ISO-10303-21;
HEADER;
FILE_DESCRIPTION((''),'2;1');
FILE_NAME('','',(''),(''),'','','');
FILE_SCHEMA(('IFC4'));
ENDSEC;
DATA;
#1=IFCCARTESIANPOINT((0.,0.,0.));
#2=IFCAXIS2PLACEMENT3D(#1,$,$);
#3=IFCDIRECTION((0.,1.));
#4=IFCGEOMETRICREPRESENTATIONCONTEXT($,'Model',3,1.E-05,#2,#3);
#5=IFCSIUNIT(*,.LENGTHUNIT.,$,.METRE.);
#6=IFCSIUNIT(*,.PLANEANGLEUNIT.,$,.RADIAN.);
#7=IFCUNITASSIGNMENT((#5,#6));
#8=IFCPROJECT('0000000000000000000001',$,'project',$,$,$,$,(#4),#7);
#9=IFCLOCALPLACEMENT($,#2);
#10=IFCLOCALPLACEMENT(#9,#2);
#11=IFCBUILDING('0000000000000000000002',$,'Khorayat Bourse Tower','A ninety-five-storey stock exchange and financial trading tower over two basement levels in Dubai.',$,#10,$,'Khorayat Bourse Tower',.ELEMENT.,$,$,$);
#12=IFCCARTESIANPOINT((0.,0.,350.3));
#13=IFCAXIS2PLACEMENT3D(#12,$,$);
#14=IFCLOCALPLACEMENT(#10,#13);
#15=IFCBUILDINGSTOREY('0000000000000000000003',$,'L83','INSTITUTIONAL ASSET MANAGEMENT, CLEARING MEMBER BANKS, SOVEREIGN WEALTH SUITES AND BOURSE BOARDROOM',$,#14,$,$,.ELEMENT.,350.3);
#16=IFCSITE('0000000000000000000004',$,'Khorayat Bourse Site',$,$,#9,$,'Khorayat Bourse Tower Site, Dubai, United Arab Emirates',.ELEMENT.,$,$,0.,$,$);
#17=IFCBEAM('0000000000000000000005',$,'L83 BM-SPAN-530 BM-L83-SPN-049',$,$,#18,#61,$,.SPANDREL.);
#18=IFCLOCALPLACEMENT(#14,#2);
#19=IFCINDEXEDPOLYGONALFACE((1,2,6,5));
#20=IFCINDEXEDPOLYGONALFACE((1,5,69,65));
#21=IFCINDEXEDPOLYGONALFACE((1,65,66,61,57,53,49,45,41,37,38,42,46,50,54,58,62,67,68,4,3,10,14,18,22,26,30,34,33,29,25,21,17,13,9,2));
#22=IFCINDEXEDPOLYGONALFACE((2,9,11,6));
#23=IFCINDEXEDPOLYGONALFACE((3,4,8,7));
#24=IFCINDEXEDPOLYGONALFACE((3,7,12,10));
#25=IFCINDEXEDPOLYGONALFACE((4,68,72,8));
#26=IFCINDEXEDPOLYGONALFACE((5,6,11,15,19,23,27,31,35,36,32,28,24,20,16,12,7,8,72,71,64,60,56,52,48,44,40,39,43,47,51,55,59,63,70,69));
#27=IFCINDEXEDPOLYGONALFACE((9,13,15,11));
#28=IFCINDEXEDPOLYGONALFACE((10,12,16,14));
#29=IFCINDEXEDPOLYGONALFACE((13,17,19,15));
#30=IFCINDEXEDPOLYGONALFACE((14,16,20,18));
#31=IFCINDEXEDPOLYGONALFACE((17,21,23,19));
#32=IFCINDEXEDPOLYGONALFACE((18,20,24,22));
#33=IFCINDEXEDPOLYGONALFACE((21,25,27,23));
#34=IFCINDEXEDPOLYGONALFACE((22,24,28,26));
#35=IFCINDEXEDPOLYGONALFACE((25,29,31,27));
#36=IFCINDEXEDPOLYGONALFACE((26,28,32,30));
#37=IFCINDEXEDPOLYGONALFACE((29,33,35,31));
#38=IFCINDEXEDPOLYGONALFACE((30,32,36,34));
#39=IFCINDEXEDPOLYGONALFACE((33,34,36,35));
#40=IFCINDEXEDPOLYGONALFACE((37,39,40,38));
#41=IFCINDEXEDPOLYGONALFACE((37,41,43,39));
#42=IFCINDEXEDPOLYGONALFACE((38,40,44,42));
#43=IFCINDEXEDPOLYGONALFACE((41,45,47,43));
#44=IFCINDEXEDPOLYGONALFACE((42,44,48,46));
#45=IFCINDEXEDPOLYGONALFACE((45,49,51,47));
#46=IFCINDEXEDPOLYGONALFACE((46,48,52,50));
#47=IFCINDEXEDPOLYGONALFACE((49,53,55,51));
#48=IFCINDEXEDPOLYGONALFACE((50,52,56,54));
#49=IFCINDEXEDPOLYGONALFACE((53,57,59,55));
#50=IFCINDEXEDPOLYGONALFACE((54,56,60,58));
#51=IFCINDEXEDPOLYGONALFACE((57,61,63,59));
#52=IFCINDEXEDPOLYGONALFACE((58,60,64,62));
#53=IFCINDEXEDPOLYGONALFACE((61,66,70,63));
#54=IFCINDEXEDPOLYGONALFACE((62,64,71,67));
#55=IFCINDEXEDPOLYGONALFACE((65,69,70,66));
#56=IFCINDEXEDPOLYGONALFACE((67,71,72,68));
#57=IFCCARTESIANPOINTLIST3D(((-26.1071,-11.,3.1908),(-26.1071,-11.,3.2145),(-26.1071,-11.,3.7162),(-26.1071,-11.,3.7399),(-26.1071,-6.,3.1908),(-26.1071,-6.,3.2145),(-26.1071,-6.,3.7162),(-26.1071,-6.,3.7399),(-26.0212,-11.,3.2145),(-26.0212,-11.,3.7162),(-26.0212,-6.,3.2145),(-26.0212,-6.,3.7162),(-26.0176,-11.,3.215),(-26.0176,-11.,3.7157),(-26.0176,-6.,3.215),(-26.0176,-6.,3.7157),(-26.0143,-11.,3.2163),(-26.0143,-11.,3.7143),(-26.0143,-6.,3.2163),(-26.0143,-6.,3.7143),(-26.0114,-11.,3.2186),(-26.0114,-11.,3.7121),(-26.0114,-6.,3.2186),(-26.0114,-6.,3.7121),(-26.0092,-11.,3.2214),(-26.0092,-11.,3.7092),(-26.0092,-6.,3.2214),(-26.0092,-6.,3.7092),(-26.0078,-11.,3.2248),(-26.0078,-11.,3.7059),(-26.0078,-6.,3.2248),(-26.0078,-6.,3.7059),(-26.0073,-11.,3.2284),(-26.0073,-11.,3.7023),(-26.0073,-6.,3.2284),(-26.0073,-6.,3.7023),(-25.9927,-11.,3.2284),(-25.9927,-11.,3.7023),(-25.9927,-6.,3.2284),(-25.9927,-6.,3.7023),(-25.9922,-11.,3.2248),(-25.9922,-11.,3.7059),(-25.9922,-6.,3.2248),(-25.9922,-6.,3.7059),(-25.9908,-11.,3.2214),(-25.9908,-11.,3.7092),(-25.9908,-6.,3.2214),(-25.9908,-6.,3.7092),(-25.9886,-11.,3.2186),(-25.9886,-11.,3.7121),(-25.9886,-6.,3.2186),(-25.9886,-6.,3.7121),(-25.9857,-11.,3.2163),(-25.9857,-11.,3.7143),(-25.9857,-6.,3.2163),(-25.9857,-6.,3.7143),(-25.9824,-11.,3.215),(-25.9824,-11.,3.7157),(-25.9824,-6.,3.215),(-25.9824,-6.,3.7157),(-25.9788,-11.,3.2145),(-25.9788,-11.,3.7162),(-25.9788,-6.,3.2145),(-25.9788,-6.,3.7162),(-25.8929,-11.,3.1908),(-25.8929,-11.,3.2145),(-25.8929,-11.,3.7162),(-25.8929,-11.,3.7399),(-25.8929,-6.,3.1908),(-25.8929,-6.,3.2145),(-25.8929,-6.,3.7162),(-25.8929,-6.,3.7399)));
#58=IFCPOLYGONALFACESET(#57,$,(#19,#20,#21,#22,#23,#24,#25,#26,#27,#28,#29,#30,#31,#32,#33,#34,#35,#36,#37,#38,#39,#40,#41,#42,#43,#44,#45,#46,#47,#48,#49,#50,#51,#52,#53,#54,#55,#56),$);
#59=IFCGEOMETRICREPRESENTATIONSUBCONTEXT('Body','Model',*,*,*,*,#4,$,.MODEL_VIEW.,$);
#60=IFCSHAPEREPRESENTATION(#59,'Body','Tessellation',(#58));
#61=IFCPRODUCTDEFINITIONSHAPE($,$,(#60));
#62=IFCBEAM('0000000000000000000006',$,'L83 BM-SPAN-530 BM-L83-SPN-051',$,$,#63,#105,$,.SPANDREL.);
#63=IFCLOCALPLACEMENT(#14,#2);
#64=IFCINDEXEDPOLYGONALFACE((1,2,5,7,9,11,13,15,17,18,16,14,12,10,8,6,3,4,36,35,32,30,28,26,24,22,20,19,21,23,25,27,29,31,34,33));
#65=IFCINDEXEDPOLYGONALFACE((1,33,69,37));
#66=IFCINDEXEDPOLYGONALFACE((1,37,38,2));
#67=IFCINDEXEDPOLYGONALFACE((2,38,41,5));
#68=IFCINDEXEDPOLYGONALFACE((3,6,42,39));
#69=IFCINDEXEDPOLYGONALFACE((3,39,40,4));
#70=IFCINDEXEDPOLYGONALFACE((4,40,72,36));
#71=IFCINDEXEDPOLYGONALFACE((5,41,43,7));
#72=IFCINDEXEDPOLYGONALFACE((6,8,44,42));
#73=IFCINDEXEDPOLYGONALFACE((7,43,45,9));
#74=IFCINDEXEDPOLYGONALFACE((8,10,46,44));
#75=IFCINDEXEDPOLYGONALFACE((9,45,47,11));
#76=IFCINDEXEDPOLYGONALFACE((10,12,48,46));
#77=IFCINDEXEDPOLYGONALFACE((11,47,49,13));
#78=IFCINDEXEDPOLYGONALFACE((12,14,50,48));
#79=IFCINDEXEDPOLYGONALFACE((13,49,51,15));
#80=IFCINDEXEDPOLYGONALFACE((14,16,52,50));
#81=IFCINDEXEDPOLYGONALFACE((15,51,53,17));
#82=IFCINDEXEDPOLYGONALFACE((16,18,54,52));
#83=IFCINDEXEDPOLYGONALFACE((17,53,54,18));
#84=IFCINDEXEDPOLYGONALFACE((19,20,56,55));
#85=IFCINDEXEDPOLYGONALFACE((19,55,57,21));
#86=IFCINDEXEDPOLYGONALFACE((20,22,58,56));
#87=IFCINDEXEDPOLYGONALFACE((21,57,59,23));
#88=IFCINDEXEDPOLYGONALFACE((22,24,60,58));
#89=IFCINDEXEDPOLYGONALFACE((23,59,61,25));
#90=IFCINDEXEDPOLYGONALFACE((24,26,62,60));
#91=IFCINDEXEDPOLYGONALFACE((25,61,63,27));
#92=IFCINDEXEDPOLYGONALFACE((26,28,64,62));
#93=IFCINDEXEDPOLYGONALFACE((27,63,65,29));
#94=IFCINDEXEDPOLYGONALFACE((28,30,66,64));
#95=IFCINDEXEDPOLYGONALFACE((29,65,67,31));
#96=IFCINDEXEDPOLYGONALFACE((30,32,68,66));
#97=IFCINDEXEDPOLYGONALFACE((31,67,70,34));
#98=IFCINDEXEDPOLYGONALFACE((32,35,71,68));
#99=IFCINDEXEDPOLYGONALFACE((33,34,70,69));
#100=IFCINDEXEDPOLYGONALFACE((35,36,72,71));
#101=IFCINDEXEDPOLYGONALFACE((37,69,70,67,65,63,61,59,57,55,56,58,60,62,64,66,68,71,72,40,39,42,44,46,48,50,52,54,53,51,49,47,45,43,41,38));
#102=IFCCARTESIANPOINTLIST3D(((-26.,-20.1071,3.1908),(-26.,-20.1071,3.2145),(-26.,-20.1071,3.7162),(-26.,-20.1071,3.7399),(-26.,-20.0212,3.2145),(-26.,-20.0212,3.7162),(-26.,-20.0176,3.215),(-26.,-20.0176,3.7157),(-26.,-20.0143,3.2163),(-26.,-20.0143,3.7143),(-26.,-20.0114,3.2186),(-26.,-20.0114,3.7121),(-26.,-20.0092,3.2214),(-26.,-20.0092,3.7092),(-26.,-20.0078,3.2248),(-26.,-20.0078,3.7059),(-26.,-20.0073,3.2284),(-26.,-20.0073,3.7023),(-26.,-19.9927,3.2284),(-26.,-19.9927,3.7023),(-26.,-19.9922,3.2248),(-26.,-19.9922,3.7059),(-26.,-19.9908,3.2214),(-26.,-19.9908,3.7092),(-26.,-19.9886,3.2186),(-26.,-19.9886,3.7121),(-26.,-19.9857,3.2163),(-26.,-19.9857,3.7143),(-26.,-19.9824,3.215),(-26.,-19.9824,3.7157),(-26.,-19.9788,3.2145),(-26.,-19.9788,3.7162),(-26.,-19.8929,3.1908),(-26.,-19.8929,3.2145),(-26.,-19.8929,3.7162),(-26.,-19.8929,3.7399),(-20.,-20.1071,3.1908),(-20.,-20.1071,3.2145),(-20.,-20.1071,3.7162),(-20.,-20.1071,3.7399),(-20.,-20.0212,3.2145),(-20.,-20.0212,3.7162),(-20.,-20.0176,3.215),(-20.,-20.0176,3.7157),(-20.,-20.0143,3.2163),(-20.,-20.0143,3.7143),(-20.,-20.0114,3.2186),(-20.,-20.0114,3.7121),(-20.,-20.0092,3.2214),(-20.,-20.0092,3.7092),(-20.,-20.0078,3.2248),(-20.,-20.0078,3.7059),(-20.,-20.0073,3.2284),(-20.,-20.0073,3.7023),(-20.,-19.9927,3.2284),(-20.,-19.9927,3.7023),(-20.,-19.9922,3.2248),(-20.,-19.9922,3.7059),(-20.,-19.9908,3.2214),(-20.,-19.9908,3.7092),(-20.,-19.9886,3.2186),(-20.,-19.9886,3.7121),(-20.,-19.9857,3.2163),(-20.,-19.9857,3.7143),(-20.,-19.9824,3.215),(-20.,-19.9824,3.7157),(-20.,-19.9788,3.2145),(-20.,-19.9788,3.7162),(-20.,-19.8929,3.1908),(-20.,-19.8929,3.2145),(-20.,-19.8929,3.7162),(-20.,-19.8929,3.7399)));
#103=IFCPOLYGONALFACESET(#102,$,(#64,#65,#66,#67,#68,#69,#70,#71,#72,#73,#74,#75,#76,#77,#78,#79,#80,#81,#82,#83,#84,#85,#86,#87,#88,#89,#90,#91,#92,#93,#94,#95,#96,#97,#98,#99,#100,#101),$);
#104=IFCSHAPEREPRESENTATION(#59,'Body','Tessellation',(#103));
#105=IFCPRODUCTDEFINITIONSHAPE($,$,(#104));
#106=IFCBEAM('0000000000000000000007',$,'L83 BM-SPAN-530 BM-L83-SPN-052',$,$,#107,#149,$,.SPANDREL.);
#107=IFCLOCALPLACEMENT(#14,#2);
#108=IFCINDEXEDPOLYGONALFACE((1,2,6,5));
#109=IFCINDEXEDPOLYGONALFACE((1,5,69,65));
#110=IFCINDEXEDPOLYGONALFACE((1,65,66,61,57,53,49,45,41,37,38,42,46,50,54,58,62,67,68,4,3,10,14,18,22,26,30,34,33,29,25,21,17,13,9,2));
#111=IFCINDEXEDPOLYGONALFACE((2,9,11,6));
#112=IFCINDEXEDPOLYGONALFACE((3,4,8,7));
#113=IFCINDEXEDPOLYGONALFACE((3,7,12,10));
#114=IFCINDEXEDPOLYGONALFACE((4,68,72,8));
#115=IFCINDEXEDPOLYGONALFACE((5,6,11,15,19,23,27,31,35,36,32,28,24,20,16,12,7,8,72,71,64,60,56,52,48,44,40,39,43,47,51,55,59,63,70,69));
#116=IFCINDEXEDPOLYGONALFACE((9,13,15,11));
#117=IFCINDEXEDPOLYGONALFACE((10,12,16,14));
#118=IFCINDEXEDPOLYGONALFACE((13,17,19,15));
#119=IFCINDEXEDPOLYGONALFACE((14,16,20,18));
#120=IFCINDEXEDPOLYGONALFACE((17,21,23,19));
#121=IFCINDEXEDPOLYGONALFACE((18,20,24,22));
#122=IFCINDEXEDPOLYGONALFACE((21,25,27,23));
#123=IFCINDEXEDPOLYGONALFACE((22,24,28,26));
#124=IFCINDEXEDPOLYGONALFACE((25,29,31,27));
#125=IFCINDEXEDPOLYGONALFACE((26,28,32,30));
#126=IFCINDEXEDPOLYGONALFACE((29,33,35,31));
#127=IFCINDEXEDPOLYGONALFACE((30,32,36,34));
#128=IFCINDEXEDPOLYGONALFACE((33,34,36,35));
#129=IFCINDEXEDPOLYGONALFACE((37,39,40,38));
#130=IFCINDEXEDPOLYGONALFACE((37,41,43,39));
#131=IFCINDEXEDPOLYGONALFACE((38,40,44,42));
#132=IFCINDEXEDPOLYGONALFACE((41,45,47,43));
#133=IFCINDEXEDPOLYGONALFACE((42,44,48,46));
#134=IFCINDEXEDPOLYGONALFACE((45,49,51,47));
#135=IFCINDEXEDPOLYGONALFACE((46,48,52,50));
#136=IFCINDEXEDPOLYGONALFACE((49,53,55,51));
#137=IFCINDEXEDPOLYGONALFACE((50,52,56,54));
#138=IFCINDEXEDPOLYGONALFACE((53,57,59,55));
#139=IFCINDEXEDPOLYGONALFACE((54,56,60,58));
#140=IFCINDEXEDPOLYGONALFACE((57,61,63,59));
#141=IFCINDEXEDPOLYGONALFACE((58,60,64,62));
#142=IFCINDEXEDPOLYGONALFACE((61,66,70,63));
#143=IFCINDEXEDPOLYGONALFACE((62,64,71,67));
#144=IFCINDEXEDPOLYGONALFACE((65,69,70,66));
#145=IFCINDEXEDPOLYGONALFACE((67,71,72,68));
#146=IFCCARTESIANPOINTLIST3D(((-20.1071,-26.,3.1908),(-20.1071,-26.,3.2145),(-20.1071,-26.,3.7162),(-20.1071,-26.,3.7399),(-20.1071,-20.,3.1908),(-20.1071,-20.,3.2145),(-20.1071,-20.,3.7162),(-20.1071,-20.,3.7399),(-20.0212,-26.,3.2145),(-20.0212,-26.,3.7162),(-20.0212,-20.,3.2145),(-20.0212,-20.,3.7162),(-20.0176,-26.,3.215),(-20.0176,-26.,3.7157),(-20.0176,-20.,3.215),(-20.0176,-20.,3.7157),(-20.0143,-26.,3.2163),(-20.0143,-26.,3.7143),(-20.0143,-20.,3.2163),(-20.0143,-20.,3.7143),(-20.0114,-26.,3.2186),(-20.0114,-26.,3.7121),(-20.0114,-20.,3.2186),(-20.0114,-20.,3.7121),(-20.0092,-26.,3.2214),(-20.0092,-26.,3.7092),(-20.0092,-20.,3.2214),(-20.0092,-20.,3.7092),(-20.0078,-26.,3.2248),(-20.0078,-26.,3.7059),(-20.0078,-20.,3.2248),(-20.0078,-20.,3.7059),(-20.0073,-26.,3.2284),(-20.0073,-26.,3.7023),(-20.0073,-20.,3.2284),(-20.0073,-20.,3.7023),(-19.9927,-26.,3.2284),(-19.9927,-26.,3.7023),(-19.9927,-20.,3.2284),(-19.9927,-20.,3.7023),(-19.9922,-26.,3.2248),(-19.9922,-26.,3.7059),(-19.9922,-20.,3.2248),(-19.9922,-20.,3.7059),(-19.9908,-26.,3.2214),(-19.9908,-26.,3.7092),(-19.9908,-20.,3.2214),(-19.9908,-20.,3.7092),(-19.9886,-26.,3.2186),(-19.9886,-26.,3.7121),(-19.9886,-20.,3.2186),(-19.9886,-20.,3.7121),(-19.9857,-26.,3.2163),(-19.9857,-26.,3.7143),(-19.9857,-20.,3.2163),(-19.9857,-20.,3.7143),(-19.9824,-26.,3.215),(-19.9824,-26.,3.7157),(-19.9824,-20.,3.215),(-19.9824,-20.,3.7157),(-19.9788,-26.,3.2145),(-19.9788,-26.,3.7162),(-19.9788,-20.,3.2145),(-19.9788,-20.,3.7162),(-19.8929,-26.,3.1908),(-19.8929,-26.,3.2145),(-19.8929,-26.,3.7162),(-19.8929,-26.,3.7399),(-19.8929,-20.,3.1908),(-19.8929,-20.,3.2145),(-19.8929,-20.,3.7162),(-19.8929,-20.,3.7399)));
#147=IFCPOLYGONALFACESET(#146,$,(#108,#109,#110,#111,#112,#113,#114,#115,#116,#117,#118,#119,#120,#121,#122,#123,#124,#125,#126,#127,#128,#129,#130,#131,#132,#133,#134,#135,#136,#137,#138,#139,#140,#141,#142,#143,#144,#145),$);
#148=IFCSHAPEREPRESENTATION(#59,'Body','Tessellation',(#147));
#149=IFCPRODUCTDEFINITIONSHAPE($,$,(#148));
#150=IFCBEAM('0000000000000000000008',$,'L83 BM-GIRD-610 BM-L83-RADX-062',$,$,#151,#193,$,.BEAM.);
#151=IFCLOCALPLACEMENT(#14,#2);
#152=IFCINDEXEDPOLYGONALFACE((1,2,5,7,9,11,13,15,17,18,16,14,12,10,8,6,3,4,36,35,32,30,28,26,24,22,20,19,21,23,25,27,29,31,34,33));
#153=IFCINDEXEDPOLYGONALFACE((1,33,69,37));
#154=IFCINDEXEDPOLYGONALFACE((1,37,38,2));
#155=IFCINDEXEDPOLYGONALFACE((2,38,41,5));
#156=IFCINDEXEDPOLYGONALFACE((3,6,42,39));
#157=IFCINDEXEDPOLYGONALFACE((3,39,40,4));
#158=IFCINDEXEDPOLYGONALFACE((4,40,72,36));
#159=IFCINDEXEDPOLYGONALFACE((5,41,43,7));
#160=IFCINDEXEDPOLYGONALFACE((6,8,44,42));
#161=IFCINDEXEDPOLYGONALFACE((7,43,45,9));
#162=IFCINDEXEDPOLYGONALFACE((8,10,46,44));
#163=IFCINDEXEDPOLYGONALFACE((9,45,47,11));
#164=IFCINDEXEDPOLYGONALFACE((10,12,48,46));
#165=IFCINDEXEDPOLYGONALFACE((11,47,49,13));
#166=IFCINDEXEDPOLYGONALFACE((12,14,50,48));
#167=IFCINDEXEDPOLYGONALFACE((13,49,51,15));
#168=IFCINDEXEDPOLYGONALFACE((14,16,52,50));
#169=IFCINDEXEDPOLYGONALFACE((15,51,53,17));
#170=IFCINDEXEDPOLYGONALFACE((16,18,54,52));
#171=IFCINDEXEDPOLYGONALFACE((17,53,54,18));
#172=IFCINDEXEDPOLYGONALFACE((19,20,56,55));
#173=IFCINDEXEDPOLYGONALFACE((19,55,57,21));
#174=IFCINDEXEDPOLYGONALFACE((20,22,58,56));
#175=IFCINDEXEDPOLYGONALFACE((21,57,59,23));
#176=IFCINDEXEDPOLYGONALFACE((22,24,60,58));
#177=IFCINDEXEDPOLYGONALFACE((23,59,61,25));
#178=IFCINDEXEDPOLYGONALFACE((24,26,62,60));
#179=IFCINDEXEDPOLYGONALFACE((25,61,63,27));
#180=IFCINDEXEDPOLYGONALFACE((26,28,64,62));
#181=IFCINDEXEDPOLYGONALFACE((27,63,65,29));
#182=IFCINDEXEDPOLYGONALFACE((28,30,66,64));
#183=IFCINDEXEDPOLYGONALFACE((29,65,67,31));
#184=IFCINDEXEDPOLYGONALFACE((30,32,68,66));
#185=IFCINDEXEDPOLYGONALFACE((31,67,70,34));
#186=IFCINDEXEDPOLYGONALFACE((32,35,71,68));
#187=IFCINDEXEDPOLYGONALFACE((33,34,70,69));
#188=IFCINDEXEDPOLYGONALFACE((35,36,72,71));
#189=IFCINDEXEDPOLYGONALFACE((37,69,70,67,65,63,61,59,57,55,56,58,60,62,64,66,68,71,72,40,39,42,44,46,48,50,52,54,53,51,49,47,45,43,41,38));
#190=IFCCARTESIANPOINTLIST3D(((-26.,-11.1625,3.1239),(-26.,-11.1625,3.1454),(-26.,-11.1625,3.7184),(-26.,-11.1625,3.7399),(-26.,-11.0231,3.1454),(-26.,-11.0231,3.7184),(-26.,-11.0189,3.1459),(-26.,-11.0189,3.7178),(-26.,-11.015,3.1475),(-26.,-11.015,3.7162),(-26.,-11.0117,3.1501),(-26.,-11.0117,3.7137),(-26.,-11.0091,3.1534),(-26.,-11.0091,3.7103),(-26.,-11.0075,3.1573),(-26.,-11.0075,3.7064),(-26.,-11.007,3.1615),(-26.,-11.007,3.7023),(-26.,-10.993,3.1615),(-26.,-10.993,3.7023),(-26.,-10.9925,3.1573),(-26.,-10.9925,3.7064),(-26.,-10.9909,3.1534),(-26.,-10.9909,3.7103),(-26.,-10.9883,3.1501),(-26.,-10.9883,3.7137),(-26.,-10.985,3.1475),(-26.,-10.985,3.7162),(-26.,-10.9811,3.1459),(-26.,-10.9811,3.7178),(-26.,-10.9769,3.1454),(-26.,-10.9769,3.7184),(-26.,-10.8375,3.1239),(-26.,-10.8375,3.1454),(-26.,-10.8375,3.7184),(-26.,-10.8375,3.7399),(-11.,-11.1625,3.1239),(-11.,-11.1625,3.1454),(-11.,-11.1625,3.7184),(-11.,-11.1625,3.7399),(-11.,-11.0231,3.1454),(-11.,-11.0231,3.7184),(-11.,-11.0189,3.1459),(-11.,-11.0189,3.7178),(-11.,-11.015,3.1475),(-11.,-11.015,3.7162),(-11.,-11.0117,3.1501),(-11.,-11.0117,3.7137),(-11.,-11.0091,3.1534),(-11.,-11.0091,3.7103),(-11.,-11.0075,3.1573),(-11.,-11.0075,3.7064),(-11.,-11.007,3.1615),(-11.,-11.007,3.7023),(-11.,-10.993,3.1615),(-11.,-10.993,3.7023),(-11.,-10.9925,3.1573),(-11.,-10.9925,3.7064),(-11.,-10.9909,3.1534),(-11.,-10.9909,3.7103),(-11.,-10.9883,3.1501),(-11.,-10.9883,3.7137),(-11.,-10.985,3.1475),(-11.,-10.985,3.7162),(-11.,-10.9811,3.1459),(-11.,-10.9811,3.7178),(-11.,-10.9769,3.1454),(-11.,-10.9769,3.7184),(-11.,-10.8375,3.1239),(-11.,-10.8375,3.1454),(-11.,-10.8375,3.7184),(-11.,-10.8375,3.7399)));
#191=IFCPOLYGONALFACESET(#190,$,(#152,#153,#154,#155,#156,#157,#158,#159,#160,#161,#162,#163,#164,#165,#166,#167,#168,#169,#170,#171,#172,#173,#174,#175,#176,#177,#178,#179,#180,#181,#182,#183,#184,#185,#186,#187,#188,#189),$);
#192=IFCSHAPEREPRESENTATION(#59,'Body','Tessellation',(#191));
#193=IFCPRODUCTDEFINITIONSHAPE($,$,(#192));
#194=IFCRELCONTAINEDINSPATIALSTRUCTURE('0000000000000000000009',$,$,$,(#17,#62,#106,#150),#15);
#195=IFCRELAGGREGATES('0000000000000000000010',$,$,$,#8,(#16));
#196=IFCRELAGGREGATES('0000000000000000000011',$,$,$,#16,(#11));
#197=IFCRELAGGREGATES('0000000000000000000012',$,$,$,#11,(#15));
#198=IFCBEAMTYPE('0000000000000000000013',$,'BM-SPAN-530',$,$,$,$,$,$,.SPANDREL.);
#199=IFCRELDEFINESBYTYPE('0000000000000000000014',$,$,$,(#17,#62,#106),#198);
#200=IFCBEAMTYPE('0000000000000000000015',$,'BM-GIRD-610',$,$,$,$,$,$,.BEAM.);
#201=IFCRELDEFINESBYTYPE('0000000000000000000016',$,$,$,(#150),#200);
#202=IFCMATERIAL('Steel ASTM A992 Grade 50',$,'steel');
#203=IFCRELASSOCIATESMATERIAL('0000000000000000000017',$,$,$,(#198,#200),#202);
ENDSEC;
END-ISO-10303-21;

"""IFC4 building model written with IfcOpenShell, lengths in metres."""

from ifc_helpers import new_model, si_unit, direction, frame, origin, origin_2d, place, context, subcontext, project, spatial, i_section, extrude, source, transform, mapped, material, material_profile, profile_set, type_object, element, save


model = new_model("IFC4")

# Units and contexts
model_context = context("Model", 3, precision=1e-05, world=origin(), true_north=direction((0.0, 1.0)))
body_context = subcontext(model_context, "Body", "Model", "MODEL_VIEW")
ifc_project = project(units=[si_unit("LENGTHUNIT", "METRE"), si_unit("PLANEANGLEUNIT", "RADIAN")], contexts=[model_context])

# Site, building, storey
site_placement = place(None, origin())
site = spatial("IfcSite", under=ifc_project, at=site_placement, Name="Khorayat Bourse Site", LongName="Khorayat Bourse Tower Site, Dubai, United Arab Emirates", CompositionType="ELEMENT", RefElevation=0.0)
building_placement = place(site_placement, origin())
building = spatial("IfcBuilding", under=site, at=building_placement, Name="Khorayat Bourse Tower", Description="A ninety-five-storey stock exchange and financial trading tower over two basement levels in Dubai.", LongName="Khorayat Bourse Tower", CompositionType="ELEMENT")
storey_placement = place(building_placement, frame((0.0, 0.0, 350.3)))
storey = spatial("IfcBuildingStorey", under=building, at=storey_placement, Name="L83", Description="INSTITUTIONAL ASSET MANAGEMENT, CLEARING MEMBER BANKS, SOVEREIGN WEALTH SUITES AND BOURSE BOARDROOM", CompositionType="ELEMENT", Elevation=350.3)

# Beams
ifc_material_1 = material(Name="Steel ASTM A992 Grade 50", Category="steel")
ifc_material_profile_1 = material_profile(ifc_material_1, i_section(OverallWidth=0.2141, OverallDepth=0.5491, WebThickness=0.0146, FlangeThickness=0.0237, FilletRadius=0.0139, at=origin_2d()), Name="W530X138")
ifc_profile_set_1 = profile_set([ifc_material_profile_1], Name="Steel ASTM A992 Grade 50")
beam_type_1 = type_object("IfcBeamType", Name="BM-SPAN-530", PredefinedType="SPANDREL", material=ifc_profile_set_1)
shared_shape_1 = source(origin(), body_context, "Body", "SweptSolid", [
    extrude(i_section(OverallWidth=0.2141, OverallDepth=0.5491, WebThickness=0.0146, FlangeThickness=0.0237, FilletRadius=0.0139, at=origin_2d()), origin(), (0.0, 0.0, 1.0), 5.0),
])
beam_1_placement = place(storey_placement, frame((-26.0, -11.0, 3.4653), z_axis=(0.0, 1.0, 0.0), x_axis=(-1.0, 0.0, 0.0)))
element("IfcBeam", 1, at=beam_1_placement, inside=storey, type_object=beam_type_1, Name="L83 BM-SPAN-530 BM-L83-SPN-049", PredefinedType="SPANDREL", context=body_context, shape_type="MappedRepresentation", body=[
    mapped(shared_shape_1, transform((0.0, 0.0, 0.0), scale=1.0)),
])
shared_shape_2 = source(origin(), body_context, "Body", "SweptSolid", [
    extrude(i_section(OverallWidth=0.2141, OverallDepth=0.5491, WebThickness=0.0146, FlangeThickness=0.0237, FilletRadius=0.0139, at=origin_2d()), origin(), (0.0, 0.0, 1.0), 6.0),
])
for number, where, z_axis, x_axis, name in (
    (2, (-26.0, -20.0, 3.4653), (1.0, 0.0, 0.0), (0.0, 1.0, 0.0), "L83 BM-SPAN-530 BM-L83-SPN-051"),
    (3, (-20.0, -26.0, 3.4653), (0.0, 1.0, 0.0), (-1.0, 0.0, 0.0), "L83 BM-SPAN-530 BM-L83-SPN-052"),
):
    element("IfcBeam", number, at=place(storey_placement, frame(where, z_axis=z_axis, x_axis=x_axis)), inside=storey, type_object=beam_type_1, Name=name, PredefinedType="SPANDREL", context=body_context, shape_type="MappedRepresentation", body=[
        mapped(shared_shape_2, transform((0.0, 0.0, 0.0), scale=1.0)),
    ])
ifc_material_profile_2 = material_profile(ifc_material_1, i_section(OverallWidth=0.325, OverallDepth=0.616, WebThickness=0.0139, FlangeThickness=0.0215, FilletRadius=0.0161, at=origin_2d()), Name="W610X174")
ifc_profile_set_2 = profile_set([ifc_material_profile_2], Name="Steel ASTM A992 Grade 50")
beam_type_2 = type_object("IfcBeamType", Name="BM-GIRD-610", PredefinedType="BEAM", material=ifc_profile_set_2)
shared_shape_3 = source(origin(), body_context, "Body", "SweptSolid", [
    extrude(i_section(OverallWidth=0.325, OverallDepth=0.616, WebThickness=0.0139, FlangeThickness=0.0215, FilletRadius=0.0161, at=origin_2d()), origin(), (0.0, 0.0, 1.0), 15.0),
])
beam_2_placement = place(storey_placement, frame((-26.0, -11.0, 3.4319), z_axis=(1.0, 0.0, 0.0), x_axis=(0.0, 1.0, 0.0)))
element("IfcBeam", 4, at=beam_2_placement, inside=storey, type_object=beam_type_2, Name="L83 BM-GIRD-610 BM-L83-RADX-062", PredefinedType="BEAM", context=body_context, shape_type="MappedRepresentation", body=[
    mapped(shared_shape_3, transform((0.0, 0.0, 0.0), scale=1.0)),
])

save(model, "model.ifc")
